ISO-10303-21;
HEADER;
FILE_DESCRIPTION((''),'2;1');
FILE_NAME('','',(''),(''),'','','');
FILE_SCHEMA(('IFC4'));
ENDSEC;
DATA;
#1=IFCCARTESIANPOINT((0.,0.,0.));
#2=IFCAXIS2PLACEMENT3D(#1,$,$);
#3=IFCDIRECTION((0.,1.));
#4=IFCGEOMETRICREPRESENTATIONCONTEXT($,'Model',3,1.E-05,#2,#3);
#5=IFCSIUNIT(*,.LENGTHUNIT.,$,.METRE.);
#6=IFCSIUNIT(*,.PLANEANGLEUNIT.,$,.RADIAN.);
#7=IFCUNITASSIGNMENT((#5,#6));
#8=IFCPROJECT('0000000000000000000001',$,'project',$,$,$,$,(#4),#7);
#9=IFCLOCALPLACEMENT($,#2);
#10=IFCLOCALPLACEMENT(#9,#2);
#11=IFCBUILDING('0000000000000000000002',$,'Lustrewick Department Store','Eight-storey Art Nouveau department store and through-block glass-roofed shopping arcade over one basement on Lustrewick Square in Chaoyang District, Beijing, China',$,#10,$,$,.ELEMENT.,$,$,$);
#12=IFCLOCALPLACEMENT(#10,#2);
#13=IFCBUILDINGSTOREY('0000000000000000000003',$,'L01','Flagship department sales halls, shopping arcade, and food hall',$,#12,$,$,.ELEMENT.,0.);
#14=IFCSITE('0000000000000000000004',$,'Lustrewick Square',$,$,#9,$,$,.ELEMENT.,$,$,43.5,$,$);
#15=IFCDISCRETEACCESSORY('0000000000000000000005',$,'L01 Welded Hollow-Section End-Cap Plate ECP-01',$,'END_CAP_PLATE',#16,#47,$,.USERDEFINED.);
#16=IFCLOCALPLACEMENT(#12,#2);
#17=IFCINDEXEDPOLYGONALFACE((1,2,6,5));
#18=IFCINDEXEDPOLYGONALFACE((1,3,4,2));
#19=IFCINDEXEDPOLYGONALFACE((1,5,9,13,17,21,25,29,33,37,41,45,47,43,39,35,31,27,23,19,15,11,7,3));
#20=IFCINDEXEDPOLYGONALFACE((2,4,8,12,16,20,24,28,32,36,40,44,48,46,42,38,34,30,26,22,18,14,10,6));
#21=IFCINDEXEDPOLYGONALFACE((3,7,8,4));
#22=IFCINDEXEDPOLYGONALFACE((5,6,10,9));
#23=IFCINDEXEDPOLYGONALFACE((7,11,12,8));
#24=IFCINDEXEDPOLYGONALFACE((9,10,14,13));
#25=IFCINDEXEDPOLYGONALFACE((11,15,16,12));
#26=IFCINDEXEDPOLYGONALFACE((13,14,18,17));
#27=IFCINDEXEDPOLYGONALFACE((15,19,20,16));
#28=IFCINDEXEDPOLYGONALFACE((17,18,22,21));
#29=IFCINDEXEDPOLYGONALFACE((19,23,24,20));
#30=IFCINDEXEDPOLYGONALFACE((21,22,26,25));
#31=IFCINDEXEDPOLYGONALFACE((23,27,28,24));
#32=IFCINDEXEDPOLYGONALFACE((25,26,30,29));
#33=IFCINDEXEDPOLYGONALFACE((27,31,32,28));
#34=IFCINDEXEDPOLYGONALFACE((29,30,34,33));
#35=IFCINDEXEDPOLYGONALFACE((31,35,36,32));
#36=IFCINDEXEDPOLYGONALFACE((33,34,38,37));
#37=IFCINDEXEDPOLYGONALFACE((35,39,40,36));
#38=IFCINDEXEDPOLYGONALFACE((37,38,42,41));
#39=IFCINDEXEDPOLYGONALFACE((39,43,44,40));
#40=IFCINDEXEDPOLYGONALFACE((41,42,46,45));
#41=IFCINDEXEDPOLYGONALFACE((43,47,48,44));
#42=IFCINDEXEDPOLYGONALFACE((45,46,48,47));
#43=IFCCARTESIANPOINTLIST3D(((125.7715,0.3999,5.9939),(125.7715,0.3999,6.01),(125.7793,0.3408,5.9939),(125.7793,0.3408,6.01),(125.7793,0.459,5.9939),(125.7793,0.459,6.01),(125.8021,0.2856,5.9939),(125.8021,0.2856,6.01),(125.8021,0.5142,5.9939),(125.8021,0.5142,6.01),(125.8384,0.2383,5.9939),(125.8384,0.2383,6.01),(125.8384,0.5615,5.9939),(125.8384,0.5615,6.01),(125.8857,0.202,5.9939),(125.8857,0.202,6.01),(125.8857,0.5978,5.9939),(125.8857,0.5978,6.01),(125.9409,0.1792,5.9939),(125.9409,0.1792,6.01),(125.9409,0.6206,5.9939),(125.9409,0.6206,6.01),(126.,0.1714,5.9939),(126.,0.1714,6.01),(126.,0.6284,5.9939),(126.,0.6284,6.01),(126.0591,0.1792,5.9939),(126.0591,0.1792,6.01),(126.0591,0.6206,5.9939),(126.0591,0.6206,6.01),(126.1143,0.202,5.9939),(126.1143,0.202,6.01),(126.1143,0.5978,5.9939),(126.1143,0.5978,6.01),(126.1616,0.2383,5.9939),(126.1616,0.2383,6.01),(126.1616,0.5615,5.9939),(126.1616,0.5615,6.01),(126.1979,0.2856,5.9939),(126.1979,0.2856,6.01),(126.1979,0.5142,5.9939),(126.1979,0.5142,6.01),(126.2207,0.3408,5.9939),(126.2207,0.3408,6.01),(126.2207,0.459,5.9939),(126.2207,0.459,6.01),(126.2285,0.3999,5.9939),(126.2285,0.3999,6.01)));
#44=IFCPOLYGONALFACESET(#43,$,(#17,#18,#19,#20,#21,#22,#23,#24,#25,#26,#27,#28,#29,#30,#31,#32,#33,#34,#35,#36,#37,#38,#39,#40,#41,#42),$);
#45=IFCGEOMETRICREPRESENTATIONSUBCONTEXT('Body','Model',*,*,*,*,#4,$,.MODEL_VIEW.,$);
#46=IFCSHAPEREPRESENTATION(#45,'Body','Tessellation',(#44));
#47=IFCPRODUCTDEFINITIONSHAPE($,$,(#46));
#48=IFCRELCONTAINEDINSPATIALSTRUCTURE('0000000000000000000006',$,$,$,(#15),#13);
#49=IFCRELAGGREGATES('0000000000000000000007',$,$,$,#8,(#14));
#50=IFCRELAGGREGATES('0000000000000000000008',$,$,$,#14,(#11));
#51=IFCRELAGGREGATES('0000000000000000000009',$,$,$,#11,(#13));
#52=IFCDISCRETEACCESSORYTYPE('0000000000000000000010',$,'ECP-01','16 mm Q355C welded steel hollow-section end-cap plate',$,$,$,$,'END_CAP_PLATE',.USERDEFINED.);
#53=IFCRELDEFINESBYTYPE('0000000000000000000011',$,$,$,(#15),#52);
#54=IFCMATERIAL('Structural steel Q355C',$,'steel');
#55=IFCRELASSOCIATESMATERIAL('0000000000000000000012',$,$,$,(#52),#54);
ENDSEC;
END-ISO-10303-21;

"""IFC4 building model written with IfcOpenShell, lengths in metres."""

from ifc_helpers import new_model, si_unit, direction, frame, origin, origin_2d, place, context, subcontext, project, spatial, circle, extrude, material, type_object, element, save


model = new_model("IFC4")

# Units and contexts
model_context = context("Model", 3, precision=1e-05, world=origin(), true_north=direction((0.0, 1.0)))
body_context = subcontext(model_context, "Body", "Model", "MODEL_VIEW")
ifc_project = project(units=[si_unit("LENGTHUNIT", "METRE"), si_unit("PLANEANGLEUNIT", "RADIAN")], contexts=[model_context])

# Site, building, storey
site_placement = place(None, origin())
site = spatial("IfcSite", under=ifc_project, at=site_placement, Name="Lustrewick Square", CompositionType="ELEMENT", RefElevation=43.5)
building_placement = place(site_placement, origin())
building = spatial("IfcBuilding", under=site, at=building_placement, Name="Lustrewick Department Store", Description="Eight-storey Art Nouveau department store and through-block glass-roofed shopping arcade over one basement on Lustrewick Square in Chaoyang District, Beijing, China", CompositionType="ELEMENT")
storey_placement = place(building_placement, origin())
storey = spatial("IfcBuildingStorey", under=building, at=storey_placement, Name="L01", Description="Flagship department sales halls, shopping arcade, and food hall", CompositionType="ELEMENT", Elevation=0.0)

# Shared definitions
ifc_material_1 = material(Name="Structural steel Q355C", Category="steel")

# Discrete accessory
discrete_accessory_type = type_object("IfcDiscreteAccessoryType", Name="ECP-01", Description="16 mm Q355C welded steel hollow-section end-cap plate", ElementType="END_CAP_PLATE", PredefinedType="USERDEFINED", material=ifc_material_1)
discrete_accessory_placement = place(storey_placement, frame((126.0, 0.3999, 5.9939), z_axis=(0.0, 0.0, 1.0), x_axis=(1.0, 0.0, 0.0)))
element("IfcDiscreteAccessory", 1, at=discrete_accessory_placement, inside=storey, type_object=discrete_accessory_type, Name="L01 Welded Hollow-Section End-Cap Plate ECP-01", ObjectType="END_CAP_PLATE", PredefinedType="USERDEFINED", context=body_context, shape_type="SweptSolid", body=[
    extrude(circle(Radius=0.2285, at=origin_2d()), origin(), (0.0, 0.0, 1.0), 0.0161),
])

save(model, "model.ifc")
